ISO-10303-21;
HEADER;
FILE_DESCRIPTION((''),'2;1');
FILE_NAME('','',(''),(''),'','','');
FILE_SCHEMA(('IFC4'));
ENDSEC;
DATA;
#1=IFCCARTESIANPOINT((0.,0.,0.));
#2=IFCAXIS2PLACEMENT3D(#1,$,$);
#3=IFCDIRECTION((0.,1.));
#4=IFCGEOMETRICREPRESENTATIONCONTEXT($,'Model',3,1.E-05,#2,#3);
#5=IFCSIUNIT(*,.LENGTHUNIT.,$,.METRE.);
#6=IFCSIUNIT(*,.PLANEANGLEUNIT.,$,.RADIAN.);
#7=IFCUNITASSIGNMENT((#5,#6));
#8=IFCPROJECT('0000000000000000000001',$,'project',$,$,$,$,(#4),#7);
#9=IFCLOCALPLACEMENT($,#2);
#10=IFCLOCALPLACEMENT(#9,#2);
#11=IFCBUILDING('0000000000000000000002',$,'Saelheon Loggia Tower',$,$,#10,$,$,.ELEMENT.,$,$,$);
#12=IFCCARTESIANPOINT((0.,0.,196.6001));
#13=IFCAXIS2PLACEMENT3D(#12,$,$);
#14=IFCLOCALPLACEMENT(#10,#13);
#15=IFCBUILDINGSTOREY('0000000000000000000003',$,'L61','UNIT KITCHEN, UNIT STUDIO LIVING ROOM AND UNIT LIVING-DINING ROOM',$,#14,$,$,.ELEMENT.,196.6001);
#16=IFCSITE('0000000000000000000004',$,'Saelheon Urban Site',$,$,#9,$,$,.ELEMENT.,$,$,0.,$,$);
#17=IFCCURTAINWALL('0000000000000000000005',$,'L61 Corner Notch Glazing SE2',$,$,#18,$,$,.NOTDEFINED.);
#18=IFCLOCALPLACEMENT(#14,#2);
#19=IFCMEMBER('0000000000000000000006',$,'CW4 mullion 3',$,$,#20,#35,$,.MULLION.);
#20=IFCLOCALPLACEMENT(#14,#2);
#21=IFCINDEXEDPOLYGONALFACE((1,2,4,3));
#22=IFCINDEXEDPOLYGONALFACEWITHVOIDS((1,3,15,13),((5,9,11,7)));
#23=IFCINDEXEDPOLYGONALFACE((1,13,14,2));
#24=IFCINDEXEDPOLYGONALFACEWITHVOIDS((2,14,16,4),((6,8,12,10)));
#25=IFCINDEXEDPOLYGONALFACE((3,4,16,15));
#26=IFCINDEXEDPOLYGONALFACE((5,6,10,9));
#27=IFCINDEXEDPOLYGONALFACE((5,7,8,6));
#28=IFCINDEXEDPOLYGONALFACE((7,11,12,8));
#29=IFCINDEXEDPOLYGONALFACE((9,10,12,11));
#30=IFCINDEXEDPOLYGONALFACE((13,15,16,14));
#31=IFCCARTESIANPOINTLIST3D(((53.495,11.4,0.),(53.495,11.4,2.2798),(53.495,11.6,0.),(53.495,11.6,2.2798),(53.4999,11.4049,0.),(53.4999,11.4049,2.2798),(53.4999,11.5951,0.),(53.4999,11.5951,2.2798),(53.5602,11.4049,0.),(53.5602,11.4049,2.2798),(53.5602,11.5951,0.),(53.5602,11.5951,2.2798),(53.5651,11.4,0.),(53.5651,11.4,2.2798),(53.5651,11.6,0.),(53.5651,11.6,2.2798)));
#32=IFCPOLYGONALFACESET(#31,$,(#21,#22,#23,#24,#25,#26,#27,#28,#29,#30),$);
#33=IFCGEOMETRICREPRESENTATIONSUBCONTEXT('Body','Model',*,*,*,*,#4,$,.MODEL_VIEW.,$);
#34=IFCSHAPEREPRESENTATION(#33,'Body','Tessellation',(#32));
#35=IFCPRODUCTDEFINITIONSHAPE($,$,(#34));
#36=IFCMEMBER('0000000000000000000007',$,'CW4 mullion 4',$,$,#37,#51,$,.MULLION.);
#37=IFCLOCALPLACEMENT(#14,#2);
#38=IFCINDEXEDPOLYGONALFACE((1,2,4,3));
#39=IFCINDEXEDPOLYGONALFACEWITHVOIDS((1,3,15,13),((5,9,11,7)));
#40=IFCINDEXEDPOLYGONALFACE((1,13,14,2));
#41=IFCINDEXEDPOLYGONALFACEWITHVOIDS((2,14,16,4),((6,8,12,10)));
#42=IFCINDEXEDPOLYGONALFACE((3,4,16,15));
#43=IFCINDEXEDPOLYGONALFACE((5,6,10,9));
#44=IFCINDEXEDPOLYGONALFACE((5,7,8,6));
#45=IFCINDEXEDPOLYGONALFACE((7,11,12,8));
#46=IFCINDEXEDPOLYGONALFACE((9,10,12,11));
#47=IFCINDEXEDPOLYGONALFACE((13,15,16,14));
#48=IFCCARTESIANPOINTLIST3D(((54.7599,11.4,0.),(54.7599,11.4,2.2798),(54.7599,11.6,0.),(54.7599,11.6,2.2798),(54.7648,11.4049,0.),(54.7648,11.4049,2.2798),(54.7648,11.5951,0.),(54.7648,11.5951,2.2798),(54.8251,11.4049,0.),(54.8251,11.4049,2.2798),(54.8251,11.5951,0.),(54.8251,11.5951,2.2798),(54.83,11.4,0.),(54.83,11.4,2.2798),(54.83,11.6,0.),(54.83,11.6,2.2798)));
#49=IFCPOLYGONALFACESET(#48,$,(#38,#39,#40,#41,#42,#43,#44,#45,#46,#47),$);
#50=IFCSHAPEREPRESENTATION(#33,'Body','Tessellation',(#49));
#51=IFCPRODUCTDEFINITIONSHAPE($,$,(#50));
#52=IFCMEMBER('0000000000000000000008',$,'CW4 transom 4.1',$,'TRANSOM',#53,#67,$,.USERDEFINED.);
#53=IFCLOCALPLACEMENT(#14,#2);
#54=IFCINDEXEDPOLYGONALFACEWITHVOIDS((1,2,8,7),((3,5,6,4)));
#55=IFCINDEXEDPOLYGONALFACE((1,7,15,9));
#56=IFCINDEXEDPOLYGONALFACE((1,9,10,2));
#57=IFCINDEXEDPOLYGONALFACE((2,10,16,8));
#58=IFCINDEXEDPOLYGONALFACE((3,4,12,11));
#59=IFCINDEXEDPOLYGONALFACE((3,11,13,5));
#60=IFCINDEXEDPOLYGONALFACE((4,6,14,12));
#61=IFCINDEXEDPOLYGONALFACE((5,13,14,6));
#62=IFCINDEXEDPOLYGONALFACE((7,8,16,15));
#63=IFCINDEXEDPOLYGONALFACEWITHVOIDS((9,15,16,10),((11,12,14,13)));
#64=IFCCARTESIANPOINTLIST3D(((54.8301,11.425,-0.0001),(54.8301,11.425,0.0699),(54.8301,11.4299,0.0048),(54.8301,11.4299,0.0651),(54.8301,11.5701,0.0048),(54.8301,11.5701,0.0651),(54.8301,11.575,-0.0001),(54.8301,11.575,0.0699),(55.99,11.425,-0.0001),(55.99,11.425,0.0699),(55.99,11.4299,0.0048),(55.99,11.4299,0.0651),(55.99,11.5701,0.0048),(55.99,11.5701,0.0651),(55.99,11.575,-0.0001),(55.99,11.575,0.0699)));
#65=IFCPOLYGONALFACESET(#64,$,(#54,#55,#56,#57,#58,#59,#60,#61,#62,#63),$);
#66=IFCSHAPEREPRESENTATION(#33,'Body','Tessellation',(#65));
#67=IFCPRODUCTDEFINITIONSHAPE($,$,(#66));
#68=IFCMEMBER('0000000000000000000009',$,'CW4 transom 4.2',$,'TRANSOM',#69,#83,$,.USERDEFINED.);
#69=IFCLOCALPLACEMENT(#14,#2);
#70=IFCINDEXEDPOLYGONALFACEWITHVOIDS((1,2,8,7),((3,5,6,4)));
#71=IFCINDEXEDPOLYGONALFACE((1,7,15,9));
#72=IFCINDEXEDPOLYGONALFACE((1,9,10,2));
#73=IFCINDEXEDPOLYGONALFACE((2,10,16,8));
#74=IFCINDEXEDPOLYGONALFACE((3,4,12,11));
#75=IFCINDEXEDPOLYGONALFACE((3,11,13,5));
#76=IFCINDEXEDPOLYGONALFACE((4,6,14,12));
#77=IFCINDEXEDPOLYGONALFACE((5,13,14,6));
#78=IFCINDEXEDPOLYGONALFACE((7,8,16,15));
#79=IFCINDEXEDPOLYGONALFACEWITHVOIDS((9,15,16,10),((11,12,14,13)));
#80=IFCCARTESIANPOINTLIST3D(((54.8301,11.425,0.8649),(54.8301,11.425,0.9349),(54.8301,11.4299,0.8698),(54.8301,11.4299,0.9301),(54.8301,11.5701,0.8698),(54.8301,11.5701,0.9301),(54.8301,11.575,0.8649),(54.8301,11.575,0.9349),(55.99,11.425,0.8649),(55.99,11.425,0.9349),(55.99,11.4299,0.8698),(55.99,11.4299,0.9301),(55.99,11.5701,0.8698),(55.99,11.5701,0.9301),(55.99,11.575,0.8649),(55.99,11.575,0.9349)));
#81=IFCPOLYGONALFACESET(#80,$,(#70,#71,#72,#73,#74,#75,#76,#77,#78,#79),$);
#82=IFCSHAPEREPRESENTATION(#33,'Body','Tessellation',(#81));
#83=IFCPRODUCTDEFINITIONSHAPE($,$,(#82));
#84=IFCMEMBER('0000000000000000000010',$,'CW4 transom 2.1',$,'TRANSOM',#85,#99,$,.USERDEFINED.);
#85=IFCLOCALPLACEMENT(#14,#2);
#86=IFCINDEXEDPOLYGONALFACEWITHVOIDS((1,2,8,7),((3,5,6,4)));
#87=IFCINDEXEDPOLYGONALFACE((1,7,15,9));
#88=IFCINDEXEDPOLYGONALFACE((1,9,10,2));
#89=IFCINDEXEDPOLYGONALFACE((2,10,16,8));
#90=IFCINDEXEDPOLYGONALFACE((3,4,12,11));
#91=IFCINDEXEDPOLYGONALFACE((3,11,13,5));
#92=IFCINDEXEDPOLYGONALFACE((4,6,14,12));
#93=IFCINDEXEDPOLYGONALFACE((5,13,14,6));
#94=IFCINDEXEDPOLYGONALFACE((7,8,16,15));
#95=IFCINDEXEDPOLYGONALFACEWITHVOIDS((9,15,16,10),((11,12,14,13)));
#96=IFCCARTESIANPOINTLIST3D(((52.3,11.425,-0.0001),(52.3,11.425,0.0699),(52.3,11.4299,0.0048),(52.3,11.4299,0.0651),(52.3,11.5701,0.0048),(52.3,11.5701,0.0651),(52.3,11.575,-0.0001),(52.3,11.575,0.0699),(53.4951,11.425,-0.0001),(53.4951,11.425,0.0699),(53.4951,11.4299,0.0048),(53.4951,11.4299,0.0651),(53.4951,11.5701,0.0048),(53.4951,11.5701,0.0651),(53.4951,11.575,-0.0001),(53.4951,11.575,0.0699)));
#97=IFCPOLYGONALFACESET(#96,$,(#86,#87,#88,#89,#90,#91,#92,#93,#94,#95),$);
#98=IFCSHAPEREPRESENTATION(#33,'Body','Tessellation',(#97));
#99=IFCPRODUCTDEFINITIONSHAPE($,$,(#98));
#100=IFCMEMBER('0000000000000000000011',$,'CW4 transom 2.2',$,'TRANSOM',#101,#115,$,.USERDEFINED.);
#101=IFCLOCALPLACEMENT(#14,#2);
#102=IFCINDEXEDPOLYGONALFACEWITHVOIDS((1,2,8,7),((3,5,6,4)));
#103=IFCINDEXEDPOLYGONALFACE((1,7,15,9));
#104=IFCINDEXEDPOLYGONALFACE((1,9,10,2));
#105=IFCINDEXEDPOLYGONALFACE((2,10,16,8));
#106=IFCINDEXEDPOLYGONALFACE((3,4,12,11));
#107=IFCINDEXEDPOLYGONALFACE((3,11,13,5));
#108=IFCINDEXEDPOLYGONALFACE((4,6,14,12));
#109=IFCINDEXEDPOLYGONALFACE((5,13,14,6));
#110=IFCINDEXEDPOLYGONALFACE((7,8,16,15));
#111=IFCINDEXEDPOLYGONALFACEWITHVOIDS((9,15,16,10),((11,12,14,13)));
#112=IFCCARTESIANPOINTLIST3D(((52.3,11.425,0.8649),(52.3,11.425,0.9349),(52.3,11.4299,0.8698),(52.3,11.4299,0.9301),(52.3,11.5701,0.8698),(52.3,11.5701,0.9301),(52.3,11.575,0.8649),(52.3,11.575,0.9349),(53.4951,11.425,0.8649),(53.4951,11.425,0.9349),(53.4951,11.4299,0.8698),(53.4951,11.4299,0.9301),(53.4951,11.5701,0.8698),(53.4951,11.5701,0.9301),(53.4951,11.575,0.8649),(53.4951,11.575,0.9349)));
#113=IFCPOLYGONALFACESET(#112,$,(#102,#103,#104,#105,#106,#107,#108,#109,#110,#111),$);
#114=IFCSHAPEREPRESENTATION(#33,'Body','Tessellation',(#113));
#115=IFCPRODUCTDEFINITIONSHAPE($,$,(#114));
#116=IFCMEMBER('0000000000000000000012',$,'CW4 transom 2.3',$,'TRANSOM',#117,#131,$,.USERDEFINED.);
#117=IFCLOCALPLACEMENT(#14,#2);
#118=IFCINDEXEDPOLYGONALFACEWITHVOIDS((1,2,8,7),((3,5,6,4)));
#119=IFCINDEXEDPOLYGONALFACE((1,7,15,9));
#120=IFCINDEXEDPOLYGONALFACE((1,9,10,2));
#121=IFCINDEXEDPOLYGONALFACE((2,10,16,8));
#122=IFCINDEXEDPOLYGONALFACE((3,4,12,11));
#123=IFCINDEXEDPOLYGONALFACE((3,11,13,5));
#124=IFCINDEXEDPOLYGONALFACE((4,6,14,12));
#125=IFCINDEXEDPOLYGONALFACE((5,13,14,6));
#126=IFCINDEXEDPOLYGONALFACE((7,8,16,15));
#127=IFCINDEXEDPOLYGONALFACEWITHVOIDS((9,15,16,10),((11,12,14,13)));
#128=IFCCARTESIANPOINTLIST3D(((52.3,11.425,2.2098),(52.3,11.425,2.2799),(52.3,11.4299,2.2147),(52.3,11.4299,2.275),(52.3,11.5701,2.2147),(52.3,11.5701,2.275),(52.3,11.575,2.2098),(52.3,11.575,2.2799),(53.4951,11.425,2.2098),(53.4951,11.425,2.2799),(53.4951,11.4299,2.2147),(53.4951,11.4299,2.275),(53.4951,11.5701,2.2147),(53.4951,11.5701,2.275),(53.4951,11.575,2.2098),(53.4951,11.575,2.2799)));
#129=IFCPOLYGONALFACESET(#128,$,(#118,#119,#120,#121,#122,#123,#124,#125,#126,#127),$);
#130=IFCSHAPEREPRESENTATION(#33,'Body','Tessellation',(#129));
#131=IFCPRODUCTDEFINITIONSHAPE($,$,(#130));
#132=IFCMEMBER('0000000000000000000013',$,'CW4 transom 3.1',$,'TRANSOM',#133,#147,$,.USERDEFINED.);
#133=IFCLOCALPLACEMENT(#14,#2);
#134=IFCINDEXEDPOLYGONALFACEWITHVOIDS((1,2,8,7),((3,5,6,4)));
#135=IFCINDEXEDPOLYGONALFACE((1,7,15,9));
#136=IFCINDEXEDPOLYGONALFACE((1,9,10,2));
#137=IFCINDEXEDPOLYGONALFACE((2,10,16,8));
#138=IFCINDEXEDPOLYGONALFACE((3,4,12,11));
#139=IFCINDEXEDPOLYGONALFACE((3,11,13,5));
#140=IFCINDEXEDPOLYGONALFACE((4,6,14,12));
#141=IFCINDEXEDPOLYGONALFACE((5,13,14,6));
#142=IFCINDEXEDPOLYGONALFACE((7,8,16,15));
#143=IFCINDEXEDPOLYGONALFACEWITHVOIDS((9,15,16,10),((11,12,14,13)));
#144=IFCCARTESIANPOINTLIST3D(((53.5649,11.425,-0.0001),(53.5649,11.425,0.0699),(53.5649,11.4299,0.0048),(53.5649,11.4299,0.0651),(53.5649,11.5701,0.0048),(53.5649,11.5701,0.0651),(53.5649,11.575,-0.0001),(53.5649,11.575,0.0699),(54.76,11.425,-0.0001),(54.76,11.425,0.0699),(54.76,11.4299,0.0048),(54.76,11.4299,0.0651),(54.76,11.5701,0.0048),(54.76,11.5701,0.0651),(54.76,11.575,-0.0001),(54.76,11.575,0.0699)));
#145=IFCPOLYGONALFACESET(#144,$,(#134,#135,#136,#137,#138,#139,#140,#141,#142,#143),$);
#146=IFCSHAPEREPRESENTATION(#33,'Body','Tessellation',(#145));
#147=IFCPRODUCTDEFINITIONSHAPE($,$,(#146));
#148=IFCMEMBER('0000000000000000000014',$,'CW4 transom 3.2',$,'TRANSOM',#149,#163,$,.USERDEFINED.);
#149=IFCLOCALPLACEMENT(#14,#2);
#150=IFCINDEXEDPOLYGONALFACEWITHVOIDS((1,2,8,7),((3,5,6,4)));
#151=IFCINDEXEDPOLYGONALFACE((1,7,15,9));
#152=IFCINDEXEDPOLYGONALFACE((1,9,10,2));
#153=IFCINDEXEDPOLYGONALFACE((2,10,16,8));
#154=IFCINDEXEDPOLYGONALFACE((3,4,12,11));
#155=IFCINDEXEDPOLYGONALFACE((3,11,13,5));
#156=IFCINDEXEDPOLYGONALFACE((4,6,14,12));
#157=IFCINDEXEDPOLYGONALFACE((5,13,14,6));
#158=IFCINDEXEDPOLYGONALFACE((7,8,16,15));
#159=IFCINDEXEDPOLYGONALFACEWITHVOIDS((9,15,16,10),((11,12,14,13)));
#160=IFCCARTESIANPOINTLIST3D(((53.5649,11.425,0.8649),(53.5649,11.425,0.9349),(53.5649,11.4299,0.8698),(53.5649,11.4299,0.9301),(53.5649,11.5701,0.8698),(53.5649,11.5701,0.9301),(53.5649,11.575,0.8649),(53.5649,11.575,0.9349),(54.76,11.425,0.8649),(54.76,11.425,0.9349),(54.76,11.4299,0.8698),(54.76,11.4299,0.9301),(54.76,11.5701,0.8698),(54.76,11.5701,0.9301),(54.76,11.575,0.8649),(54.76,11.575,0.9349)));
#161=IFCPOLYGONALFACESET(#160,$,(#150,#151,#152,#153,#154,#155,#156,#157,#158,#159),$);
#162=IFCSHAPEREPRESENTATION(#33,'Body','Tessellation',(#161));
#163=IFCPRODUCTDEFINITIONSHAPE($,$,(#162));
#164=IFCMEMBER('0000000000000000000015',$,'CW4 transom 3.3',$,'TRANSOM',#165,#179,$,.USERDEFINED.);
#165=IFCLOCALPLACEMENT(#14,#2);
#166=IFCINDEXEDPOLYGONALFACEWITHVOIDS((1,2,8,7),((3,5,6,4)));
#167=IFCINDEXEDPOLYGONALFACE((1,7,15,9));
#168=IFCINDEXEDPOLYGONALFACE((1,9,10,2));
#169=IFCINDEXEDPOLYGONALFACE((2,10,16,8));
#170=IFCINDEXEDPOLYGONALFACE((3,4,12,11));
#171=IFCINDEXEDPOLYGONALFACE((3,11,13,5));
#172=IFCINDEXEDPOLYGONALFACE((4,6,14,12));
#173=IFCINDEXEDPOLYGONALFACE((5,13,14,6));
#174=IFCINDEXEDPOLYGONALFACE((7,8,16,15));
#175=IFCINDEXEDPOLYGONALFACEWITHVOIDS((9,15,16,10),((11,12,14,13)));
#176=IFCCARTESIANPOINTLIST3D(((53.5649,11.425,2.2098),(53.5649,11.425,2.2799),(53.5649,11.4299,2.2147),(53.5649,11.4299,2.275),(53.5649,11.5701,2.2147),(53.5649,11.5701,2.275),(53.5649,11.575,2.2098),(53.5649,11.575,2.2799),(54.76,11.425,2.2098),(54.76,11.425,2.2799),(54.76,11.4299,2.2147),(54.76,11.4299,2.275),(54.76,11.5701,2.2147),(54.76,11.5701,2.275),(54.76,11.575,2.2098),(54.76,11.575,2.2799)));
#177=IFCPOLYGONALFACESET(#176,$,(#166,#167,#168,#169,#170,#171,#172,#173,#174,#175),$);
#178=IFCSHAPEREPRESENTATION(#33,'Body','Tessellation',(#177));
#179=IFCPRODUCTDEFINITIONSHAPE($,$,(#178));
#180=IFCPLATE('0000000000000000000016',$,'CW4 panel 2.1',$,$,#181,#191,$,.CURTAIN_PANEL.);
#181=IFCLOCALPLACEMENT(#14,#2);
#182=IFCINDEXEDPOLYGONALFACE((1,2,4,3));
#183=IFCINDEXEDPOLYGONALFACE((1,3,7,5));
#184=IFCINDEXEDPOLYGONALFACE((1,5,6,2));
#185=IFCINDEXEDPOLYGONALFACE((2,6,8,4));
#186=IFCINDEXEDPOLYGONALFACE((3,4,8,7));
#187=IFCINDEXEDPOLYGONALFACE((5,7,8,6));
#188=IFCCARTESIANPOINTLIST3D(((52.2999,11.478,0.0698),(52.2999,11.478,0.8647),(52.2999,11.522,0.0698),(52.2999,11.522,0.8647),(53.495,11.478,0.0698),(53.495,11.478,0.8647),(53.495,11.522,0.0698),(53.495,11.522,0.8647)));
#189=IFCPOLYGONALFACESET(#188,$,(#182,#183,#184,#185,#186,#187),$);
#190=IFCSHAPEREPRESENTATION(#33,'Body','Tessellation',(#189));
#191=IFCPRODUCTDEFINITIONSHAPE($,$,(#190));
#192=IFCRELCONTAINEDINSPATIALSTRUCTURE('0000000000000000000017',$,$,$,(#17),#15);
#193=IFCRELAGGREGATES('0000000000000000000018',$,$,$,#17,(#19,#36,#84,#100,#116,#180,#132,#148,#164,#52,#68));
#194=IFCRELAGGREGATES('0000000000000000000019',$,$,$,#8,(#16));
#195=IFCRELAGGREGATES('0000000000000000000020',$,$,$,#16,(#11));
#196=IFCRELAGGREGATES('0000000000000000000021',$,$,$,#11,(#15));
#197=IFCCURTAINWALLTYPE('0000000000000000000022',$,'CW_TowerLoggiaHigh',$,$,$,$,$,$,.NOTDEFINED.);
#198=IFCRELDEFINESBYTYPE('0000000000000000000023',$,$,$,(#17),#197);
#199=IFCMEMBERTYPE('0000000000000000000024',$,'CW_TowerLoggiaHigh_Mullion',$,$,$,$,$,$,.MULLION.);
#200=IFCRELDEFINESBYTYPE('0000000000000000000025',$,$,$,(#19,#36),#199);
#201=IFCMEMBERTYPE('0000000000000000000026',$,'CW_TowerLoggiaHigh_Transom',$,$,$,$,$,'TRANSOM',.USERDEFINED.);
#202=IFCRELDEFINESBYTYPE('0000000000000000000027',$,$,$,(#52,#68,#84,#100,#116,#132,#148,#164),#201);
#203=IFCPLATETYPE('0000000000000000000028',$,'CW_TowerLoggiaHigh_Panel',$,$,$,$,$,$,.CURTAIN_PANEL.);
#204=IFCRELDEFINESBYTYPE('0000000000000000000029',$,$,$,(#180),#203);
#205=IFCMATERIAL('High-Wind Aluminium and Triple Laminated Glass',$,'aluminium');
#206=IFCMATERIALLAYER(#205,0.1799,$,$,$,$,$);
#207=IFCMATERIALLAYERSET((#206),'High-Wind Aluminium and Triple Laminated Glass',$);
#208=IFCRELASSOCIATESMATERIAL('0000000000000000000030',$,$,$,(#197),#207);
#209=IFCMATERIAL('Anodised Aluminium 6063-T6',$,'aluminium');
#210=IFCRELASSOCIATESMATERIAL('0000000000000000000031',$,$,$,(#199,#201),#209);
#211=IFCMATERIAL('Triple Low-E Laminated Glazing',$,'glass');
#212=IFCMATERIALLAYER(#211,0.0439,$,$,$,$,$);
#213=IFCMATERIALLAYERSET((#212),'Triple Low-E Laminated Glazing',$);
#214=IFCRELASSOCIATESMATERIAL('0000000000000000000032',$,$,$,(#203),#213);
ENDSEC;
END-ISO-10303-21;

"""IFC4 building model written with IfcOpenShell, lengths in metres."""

from ifc_helpers import new_model, si_unit, direction, frame, origin, origin_2d, place, context, subcontext, project, spatial, rectangle, hollow_rectangle, extrude, source, transform, mapped, material, layer, layer_set, material_profile, profile_set, type_object, element, aggregate, save


model = new_model("IFC4")

# Units and contexts
model_context = context("Model", 3, precision=1e-05, world=origin(), true_north=direction((0.0, 1.0)))
body_context = subcontext(model_context, "Body", "Model", "MODEL_VIEW")
ifc_project = project(units=[si_unit("LENGTHUNIT", "METRE"), si_unit("PLANEANGLEUNIT", "RADIAN")], contexts=[model_context])

# Site, building, storey
site_placement = place(None, origin())
site = spatial("IfcSite", under=ifc_project, at=site_placement, Name="Saelheon Urban Site", CompositionType="ELEMENT", RefElevation=0.0)
building_placement = place(site_placement, origin())
building = spatial("IfcBuilding", under=site, at=building_placement, Name="Saelheon Loggia Tower", CompositionType="ELEMENT")
storey_placement = place(building_placement, frame((0.0, 0.0, 196.6001)))
storey = spatial("IfcBuildingStorey", under=building, at=storey_placement, Name="L61", Description="UNIT KITCHEN, UNIT STUDIO LIVING ROOM AND UNIT LIVING-DINING ROOM", CompositionType="ELEMENT", Elevation=196.6001)

# Curtain wall, members, plate
ifc_material_1 = material(Name="High-Wind Aluminium and Triple Laminated Glass", Category="aluminium")
ifc_layer_1 = layer(ifc_material_1, 0.1799)
ifc_layer_set_1 = layer_set([ifc_layer_1], Name="High-Wind Aluminium and Triple Laminated Glass")
curtain_wall_type = type_object("IfcCurtainWallType", Name="CW_TowerLoggiaHigh", PredefinedType="NOTDEFINED", material=ifc_layer_set_1)
curtain_wall_placement = place(storey_placement, origin())
curtain_wall = element("IfcCurtainWall", 1, at=curtain_wall_placement, inside=storey, type_object=curtain_wall_type, Name="L61 Corner Notch Glazing SE2", PredefinedType="NOTDEFINED")
ifc_material_2 = material(Name="Anodised Aluminium 6063-T6", Category="aluminium")
ifc_material_profile_1 = material_profile(ifc_material_2, hollow_rectangle(XDim=0.0701, YDim=0.2, WallThickness=0.0049, at=origin_2d()), Name="RHS-200x70x5")
ifc_profile_set_1 = profile_set([ifc_material_profile_1], Name="Anodised Aluminium 6063-T6")
member_type_1 = type_object("IfcMemberType", Name="CW_TowerLoggiaHigh_Mullion", PredefinedType="MULLION", material=ifc_profile_set_1)
shared_shape_1 = source(origin(), body_context, "Body", "SweptSolid", [
    extrude(hollow_rectangle(XDim=0.0701, YDim=0.2, WallThickness=0.0049, at=origin_2d()), origin(), (0.0, 0.0, 1.0), 2.2798),
])
member_1_placement = place(storey_placement, frame((53.53, 11.5, 0.0), z_axis=(0.0, 0.0, 1.0), x_axis=(1.0, 0.0, 0.0)))
member_1 = element("IfcMember", 2, at=member_1_placement, type_object=member_type_1, Name="CW4 mullion 3", PredefinedType="MULLION", context=body_context, shape_type="MappedRepresentation", body=[
    mapped(shared_shape_1, transform((0.0, 0.0, 0.0), scale=1.0)),
])
member_2_placement = place(storey_placement, frame((54.7949, 11.5, 0.0), z_axis=(0.0, 0.0, 1.0), x_axis=(1.0, 0.0, 0.0)))
member_2 = element("IfcMember", 3, at=member_2_placement, type_object=member_type_1, Name="CW4 mullion 4", PredefinedType="MULLION", context=body_context, shape_type="MappedRepresentation", body=[
    mapped(shared_shape_1, transform((0.0, 0.0, 0.0), scale=1.0)),
])
ifc_material_profile_2 = material_profile(ifc_material_2, hollow_rectangle(XDim=0.0701, YDim=0.1499, WallThickness=0.0049, at=origin_2d()), Name="RHS-150x70x5")
ifc_profile_set_2 = profile_set([ifc_material_profile_2], Name="Anodised Aluminium 6063-T6")
member_type_2 = type_object("IfcMemberType", Name="CW_TowerLoggiaHigh_Transom", ElementType="TRANSOM", PredefinedType="USERDEFINED", material=ifc_profile_set_2)
shared_shape_2 = source(origin(), body_context, "Body", "SweptSolid", [
    extrude(hollow_rectangle(XDim=0.0701, YDim=0.1499, WallThickness=0.0049, at=origin_2d()), origin(), (0.0, 0.0, 1.0), 1.1599),
])
member_3_placement = place(storey_placement, frame((54.8301, 11.5, 0.0349), z_axis=(1.0, 0.0, 0.0), x_axis=(0.0, 0.0, 1.0)))
member_3 = element("IfcMember", 4, at=member_3_placement, type_object=member_type_2, Name="CW4 transom 4.1", ObjectType="TRANSOM", PredefinedType="USERDEFINED", context=body_context, shape_type="MappedRepresentation", body=[
    mapped(shared_shape_2, transform((0.0, 0.0, 0.0), scale=1.0)),
])
member_4_placement = place(storey_placement, frame((54.8301, 11.5, 0.8999), z_axis=(1.0, 0.0, 0.0), x_axis=(0.0, 0.0, 1.0)))
member_4 = element("IfcMember", 5, at=member_4_placement, type_object=member_type_2, Name="CW4 transom 4.2", ObjectType="TRANSOM", PredefinedType="USERDEFINED", context=body_context, shape_type="MappedRepresentation", body=[
    mapped(shared_shape_2, transform((0.0, 0.0, 0.0), scale=1.0)),
])
shared_shape_3 = source(origin(), body_context, "Body", "SweptSolid", [
    extrude(hollow_rectangle(XDim=0.0701, YDim=0.1499, WallThickness=0.0049, at=origin_2d()), origin(), (0.0, 0.0, 1.0), 1.1951),
])
member_5_placement = place(storey_placement, frame((52.3, 11.5, 0.0349), z_axis=(1.0, 0.0, 0.0), x_axis=(0.0, 0.0, 1.0)))
member_5 = element("IfcMember", 6, at=member_5_placement, type_object=member_type_2, Name="CW4 transom 2.1", ObjectType="TRANSOM", PredefinedType="USERDEFINED", context=body_context, shape_type="MappedRepresentation", body=[
    mapped(shared_shape_3, transform((0.0, 0.0, 0.0), scale=1.0)),
])
member_6_placement = place(storey_placement, frame((52.3, 11.5, 0.8999), z_axis=(1.0, 0.0, 0.0), x_axis=(0.0, 0.0, 1.0)))
member_6 = element("IfcMember", 7, at=member_6_placement, type_object=member_type_2, Name="CW4 transom 2.2", ObjectType="TRANSOM", PredefinedType="USERDEFINED", context=body_context, shape_type="MappedRepresentation", body=[
    mapped(shared_shape_3, transform((0.0, 0.0, 0.0), scale=1.0)),
])
member_7_placement = place(storey_placement, frame((52.3, 11.5, 2.2449), z_axis=(1.0, 0.0, 0.0), x_axis=(0.0, 0.0, 1.0)))
member_7 = element("IfcMember", 8, at=member_7_placement, type_object=member_type_2, Name="CW4 transom 2.3", ObjectType="TRANSOM", PredefinedType="USERDEFINED", context=body_context, shape_type="MappedRepresentation", body=[
    mapped(shared_shape_3, transform((0.0, 0.0, 0.0), scale=1.0)),
])
member_8_placement = place(storey_placement, frame((53.5649, 11.5, 0.0349), z_axis=(1.0, 0.0, 0.0), x_axis=(0.0, 0.0, 1.0)))
member_8 = element("IfcMember", 9, at=member_8_placement, type_object=member_type_2, Name="CW4 transom 3.1", ObjectType="TRANSOM", PredefinedType="USERDEFINED", context=body_context, shape_type="MappedRepresentation", body=[
    mapped(shared_shape_3, transform((0.0, 0.0, 0.0), scale=1.0)),
])
member_9_placement = place(storey_placement, frame((53.5649, 11.5, 0.8999), z_axis=(1.0, 0.0, 0.0), x_axis=(0.0, 0.0, 1.0)))
member_9 = element("IfcMember", 10, at=member_9_placement, type_object=member_type_2, Name="CW4 transom 3.2", ObjectType="TRANSOM", PredefinedType="USERDEFINED", context=body_context, shape_type="MappedRepresentation", body=[
    mapped(shared_shape_3, transform((0.0, 0.0, 0.0), scale=1.0)),
])
member_10_placement = place(storey_placement, frame((53.5649, 11.5, 2.2449), z_axis=(1.0, 0.0, 0.0), x_axis=(0.0, 0.0, 1.0)))
member_10 = element("IfcMember", 11, at=member_10_placement, type_object=member_type_2, Name="CW4 transom 3.3", ObjectType="TRANSOM", PredefinedType="USERDEFINED", context=body_context, shape_type="MappedRepresentation", body=[
    mapped(shared_shape_3, transform((0.0, 0.0, 0.0), scale=1.0)),
])
ifc_material_3 = material(Name="Triple Low-E Laminated Glazing", Category="glass")
ifc_layer_2 = layer(ifc_material_3, 0.0439)
ifc_layer_set_2 = layer_set([ifc_layer_2], Name="Triple Low-E Laminated Glazing")
plate_type = type_object("IfcPlateType", Name="CW_TowerLoggiaHigh_Panel", PredefinedType="CURTAIN_PANEL", material=ifc_layer_set_2)
shared_shape_4 = source(origin(), body_context, "Body", "SweptSolid", [
    extrude(rectangle(XDim=1.1951, YDim=0.0439, at=origin_2d()), origin(), (0.0, 0.0, 1.0), 0.7949),
])
plate_1_placement = place(storey_placement, frame((52.8975, 11.5, 0.0698), z_axis=(0.0, 0.0, 1.0), x_axis=(1.0, 0.0, 0.0)))
plate_1 = element("IfcPlate", 12, at=plate_1_placement, type_object=plate_type, Name="CW4 panel 2.1", PredefinedType="CURTAIN_PANEL", context=body_context, shape_type="MappedRepresentation", body=[
    mapped(shared_shape_4, transform((0.0, 0.0, 0.0), scale=1.0)),
])
aggregate(curtain_wall, [member_1, member_2, member_5, member_6, member_7, plate_1, member_8, member_9, member_10, member_3, member_4])

save(model, "model.ifc")
